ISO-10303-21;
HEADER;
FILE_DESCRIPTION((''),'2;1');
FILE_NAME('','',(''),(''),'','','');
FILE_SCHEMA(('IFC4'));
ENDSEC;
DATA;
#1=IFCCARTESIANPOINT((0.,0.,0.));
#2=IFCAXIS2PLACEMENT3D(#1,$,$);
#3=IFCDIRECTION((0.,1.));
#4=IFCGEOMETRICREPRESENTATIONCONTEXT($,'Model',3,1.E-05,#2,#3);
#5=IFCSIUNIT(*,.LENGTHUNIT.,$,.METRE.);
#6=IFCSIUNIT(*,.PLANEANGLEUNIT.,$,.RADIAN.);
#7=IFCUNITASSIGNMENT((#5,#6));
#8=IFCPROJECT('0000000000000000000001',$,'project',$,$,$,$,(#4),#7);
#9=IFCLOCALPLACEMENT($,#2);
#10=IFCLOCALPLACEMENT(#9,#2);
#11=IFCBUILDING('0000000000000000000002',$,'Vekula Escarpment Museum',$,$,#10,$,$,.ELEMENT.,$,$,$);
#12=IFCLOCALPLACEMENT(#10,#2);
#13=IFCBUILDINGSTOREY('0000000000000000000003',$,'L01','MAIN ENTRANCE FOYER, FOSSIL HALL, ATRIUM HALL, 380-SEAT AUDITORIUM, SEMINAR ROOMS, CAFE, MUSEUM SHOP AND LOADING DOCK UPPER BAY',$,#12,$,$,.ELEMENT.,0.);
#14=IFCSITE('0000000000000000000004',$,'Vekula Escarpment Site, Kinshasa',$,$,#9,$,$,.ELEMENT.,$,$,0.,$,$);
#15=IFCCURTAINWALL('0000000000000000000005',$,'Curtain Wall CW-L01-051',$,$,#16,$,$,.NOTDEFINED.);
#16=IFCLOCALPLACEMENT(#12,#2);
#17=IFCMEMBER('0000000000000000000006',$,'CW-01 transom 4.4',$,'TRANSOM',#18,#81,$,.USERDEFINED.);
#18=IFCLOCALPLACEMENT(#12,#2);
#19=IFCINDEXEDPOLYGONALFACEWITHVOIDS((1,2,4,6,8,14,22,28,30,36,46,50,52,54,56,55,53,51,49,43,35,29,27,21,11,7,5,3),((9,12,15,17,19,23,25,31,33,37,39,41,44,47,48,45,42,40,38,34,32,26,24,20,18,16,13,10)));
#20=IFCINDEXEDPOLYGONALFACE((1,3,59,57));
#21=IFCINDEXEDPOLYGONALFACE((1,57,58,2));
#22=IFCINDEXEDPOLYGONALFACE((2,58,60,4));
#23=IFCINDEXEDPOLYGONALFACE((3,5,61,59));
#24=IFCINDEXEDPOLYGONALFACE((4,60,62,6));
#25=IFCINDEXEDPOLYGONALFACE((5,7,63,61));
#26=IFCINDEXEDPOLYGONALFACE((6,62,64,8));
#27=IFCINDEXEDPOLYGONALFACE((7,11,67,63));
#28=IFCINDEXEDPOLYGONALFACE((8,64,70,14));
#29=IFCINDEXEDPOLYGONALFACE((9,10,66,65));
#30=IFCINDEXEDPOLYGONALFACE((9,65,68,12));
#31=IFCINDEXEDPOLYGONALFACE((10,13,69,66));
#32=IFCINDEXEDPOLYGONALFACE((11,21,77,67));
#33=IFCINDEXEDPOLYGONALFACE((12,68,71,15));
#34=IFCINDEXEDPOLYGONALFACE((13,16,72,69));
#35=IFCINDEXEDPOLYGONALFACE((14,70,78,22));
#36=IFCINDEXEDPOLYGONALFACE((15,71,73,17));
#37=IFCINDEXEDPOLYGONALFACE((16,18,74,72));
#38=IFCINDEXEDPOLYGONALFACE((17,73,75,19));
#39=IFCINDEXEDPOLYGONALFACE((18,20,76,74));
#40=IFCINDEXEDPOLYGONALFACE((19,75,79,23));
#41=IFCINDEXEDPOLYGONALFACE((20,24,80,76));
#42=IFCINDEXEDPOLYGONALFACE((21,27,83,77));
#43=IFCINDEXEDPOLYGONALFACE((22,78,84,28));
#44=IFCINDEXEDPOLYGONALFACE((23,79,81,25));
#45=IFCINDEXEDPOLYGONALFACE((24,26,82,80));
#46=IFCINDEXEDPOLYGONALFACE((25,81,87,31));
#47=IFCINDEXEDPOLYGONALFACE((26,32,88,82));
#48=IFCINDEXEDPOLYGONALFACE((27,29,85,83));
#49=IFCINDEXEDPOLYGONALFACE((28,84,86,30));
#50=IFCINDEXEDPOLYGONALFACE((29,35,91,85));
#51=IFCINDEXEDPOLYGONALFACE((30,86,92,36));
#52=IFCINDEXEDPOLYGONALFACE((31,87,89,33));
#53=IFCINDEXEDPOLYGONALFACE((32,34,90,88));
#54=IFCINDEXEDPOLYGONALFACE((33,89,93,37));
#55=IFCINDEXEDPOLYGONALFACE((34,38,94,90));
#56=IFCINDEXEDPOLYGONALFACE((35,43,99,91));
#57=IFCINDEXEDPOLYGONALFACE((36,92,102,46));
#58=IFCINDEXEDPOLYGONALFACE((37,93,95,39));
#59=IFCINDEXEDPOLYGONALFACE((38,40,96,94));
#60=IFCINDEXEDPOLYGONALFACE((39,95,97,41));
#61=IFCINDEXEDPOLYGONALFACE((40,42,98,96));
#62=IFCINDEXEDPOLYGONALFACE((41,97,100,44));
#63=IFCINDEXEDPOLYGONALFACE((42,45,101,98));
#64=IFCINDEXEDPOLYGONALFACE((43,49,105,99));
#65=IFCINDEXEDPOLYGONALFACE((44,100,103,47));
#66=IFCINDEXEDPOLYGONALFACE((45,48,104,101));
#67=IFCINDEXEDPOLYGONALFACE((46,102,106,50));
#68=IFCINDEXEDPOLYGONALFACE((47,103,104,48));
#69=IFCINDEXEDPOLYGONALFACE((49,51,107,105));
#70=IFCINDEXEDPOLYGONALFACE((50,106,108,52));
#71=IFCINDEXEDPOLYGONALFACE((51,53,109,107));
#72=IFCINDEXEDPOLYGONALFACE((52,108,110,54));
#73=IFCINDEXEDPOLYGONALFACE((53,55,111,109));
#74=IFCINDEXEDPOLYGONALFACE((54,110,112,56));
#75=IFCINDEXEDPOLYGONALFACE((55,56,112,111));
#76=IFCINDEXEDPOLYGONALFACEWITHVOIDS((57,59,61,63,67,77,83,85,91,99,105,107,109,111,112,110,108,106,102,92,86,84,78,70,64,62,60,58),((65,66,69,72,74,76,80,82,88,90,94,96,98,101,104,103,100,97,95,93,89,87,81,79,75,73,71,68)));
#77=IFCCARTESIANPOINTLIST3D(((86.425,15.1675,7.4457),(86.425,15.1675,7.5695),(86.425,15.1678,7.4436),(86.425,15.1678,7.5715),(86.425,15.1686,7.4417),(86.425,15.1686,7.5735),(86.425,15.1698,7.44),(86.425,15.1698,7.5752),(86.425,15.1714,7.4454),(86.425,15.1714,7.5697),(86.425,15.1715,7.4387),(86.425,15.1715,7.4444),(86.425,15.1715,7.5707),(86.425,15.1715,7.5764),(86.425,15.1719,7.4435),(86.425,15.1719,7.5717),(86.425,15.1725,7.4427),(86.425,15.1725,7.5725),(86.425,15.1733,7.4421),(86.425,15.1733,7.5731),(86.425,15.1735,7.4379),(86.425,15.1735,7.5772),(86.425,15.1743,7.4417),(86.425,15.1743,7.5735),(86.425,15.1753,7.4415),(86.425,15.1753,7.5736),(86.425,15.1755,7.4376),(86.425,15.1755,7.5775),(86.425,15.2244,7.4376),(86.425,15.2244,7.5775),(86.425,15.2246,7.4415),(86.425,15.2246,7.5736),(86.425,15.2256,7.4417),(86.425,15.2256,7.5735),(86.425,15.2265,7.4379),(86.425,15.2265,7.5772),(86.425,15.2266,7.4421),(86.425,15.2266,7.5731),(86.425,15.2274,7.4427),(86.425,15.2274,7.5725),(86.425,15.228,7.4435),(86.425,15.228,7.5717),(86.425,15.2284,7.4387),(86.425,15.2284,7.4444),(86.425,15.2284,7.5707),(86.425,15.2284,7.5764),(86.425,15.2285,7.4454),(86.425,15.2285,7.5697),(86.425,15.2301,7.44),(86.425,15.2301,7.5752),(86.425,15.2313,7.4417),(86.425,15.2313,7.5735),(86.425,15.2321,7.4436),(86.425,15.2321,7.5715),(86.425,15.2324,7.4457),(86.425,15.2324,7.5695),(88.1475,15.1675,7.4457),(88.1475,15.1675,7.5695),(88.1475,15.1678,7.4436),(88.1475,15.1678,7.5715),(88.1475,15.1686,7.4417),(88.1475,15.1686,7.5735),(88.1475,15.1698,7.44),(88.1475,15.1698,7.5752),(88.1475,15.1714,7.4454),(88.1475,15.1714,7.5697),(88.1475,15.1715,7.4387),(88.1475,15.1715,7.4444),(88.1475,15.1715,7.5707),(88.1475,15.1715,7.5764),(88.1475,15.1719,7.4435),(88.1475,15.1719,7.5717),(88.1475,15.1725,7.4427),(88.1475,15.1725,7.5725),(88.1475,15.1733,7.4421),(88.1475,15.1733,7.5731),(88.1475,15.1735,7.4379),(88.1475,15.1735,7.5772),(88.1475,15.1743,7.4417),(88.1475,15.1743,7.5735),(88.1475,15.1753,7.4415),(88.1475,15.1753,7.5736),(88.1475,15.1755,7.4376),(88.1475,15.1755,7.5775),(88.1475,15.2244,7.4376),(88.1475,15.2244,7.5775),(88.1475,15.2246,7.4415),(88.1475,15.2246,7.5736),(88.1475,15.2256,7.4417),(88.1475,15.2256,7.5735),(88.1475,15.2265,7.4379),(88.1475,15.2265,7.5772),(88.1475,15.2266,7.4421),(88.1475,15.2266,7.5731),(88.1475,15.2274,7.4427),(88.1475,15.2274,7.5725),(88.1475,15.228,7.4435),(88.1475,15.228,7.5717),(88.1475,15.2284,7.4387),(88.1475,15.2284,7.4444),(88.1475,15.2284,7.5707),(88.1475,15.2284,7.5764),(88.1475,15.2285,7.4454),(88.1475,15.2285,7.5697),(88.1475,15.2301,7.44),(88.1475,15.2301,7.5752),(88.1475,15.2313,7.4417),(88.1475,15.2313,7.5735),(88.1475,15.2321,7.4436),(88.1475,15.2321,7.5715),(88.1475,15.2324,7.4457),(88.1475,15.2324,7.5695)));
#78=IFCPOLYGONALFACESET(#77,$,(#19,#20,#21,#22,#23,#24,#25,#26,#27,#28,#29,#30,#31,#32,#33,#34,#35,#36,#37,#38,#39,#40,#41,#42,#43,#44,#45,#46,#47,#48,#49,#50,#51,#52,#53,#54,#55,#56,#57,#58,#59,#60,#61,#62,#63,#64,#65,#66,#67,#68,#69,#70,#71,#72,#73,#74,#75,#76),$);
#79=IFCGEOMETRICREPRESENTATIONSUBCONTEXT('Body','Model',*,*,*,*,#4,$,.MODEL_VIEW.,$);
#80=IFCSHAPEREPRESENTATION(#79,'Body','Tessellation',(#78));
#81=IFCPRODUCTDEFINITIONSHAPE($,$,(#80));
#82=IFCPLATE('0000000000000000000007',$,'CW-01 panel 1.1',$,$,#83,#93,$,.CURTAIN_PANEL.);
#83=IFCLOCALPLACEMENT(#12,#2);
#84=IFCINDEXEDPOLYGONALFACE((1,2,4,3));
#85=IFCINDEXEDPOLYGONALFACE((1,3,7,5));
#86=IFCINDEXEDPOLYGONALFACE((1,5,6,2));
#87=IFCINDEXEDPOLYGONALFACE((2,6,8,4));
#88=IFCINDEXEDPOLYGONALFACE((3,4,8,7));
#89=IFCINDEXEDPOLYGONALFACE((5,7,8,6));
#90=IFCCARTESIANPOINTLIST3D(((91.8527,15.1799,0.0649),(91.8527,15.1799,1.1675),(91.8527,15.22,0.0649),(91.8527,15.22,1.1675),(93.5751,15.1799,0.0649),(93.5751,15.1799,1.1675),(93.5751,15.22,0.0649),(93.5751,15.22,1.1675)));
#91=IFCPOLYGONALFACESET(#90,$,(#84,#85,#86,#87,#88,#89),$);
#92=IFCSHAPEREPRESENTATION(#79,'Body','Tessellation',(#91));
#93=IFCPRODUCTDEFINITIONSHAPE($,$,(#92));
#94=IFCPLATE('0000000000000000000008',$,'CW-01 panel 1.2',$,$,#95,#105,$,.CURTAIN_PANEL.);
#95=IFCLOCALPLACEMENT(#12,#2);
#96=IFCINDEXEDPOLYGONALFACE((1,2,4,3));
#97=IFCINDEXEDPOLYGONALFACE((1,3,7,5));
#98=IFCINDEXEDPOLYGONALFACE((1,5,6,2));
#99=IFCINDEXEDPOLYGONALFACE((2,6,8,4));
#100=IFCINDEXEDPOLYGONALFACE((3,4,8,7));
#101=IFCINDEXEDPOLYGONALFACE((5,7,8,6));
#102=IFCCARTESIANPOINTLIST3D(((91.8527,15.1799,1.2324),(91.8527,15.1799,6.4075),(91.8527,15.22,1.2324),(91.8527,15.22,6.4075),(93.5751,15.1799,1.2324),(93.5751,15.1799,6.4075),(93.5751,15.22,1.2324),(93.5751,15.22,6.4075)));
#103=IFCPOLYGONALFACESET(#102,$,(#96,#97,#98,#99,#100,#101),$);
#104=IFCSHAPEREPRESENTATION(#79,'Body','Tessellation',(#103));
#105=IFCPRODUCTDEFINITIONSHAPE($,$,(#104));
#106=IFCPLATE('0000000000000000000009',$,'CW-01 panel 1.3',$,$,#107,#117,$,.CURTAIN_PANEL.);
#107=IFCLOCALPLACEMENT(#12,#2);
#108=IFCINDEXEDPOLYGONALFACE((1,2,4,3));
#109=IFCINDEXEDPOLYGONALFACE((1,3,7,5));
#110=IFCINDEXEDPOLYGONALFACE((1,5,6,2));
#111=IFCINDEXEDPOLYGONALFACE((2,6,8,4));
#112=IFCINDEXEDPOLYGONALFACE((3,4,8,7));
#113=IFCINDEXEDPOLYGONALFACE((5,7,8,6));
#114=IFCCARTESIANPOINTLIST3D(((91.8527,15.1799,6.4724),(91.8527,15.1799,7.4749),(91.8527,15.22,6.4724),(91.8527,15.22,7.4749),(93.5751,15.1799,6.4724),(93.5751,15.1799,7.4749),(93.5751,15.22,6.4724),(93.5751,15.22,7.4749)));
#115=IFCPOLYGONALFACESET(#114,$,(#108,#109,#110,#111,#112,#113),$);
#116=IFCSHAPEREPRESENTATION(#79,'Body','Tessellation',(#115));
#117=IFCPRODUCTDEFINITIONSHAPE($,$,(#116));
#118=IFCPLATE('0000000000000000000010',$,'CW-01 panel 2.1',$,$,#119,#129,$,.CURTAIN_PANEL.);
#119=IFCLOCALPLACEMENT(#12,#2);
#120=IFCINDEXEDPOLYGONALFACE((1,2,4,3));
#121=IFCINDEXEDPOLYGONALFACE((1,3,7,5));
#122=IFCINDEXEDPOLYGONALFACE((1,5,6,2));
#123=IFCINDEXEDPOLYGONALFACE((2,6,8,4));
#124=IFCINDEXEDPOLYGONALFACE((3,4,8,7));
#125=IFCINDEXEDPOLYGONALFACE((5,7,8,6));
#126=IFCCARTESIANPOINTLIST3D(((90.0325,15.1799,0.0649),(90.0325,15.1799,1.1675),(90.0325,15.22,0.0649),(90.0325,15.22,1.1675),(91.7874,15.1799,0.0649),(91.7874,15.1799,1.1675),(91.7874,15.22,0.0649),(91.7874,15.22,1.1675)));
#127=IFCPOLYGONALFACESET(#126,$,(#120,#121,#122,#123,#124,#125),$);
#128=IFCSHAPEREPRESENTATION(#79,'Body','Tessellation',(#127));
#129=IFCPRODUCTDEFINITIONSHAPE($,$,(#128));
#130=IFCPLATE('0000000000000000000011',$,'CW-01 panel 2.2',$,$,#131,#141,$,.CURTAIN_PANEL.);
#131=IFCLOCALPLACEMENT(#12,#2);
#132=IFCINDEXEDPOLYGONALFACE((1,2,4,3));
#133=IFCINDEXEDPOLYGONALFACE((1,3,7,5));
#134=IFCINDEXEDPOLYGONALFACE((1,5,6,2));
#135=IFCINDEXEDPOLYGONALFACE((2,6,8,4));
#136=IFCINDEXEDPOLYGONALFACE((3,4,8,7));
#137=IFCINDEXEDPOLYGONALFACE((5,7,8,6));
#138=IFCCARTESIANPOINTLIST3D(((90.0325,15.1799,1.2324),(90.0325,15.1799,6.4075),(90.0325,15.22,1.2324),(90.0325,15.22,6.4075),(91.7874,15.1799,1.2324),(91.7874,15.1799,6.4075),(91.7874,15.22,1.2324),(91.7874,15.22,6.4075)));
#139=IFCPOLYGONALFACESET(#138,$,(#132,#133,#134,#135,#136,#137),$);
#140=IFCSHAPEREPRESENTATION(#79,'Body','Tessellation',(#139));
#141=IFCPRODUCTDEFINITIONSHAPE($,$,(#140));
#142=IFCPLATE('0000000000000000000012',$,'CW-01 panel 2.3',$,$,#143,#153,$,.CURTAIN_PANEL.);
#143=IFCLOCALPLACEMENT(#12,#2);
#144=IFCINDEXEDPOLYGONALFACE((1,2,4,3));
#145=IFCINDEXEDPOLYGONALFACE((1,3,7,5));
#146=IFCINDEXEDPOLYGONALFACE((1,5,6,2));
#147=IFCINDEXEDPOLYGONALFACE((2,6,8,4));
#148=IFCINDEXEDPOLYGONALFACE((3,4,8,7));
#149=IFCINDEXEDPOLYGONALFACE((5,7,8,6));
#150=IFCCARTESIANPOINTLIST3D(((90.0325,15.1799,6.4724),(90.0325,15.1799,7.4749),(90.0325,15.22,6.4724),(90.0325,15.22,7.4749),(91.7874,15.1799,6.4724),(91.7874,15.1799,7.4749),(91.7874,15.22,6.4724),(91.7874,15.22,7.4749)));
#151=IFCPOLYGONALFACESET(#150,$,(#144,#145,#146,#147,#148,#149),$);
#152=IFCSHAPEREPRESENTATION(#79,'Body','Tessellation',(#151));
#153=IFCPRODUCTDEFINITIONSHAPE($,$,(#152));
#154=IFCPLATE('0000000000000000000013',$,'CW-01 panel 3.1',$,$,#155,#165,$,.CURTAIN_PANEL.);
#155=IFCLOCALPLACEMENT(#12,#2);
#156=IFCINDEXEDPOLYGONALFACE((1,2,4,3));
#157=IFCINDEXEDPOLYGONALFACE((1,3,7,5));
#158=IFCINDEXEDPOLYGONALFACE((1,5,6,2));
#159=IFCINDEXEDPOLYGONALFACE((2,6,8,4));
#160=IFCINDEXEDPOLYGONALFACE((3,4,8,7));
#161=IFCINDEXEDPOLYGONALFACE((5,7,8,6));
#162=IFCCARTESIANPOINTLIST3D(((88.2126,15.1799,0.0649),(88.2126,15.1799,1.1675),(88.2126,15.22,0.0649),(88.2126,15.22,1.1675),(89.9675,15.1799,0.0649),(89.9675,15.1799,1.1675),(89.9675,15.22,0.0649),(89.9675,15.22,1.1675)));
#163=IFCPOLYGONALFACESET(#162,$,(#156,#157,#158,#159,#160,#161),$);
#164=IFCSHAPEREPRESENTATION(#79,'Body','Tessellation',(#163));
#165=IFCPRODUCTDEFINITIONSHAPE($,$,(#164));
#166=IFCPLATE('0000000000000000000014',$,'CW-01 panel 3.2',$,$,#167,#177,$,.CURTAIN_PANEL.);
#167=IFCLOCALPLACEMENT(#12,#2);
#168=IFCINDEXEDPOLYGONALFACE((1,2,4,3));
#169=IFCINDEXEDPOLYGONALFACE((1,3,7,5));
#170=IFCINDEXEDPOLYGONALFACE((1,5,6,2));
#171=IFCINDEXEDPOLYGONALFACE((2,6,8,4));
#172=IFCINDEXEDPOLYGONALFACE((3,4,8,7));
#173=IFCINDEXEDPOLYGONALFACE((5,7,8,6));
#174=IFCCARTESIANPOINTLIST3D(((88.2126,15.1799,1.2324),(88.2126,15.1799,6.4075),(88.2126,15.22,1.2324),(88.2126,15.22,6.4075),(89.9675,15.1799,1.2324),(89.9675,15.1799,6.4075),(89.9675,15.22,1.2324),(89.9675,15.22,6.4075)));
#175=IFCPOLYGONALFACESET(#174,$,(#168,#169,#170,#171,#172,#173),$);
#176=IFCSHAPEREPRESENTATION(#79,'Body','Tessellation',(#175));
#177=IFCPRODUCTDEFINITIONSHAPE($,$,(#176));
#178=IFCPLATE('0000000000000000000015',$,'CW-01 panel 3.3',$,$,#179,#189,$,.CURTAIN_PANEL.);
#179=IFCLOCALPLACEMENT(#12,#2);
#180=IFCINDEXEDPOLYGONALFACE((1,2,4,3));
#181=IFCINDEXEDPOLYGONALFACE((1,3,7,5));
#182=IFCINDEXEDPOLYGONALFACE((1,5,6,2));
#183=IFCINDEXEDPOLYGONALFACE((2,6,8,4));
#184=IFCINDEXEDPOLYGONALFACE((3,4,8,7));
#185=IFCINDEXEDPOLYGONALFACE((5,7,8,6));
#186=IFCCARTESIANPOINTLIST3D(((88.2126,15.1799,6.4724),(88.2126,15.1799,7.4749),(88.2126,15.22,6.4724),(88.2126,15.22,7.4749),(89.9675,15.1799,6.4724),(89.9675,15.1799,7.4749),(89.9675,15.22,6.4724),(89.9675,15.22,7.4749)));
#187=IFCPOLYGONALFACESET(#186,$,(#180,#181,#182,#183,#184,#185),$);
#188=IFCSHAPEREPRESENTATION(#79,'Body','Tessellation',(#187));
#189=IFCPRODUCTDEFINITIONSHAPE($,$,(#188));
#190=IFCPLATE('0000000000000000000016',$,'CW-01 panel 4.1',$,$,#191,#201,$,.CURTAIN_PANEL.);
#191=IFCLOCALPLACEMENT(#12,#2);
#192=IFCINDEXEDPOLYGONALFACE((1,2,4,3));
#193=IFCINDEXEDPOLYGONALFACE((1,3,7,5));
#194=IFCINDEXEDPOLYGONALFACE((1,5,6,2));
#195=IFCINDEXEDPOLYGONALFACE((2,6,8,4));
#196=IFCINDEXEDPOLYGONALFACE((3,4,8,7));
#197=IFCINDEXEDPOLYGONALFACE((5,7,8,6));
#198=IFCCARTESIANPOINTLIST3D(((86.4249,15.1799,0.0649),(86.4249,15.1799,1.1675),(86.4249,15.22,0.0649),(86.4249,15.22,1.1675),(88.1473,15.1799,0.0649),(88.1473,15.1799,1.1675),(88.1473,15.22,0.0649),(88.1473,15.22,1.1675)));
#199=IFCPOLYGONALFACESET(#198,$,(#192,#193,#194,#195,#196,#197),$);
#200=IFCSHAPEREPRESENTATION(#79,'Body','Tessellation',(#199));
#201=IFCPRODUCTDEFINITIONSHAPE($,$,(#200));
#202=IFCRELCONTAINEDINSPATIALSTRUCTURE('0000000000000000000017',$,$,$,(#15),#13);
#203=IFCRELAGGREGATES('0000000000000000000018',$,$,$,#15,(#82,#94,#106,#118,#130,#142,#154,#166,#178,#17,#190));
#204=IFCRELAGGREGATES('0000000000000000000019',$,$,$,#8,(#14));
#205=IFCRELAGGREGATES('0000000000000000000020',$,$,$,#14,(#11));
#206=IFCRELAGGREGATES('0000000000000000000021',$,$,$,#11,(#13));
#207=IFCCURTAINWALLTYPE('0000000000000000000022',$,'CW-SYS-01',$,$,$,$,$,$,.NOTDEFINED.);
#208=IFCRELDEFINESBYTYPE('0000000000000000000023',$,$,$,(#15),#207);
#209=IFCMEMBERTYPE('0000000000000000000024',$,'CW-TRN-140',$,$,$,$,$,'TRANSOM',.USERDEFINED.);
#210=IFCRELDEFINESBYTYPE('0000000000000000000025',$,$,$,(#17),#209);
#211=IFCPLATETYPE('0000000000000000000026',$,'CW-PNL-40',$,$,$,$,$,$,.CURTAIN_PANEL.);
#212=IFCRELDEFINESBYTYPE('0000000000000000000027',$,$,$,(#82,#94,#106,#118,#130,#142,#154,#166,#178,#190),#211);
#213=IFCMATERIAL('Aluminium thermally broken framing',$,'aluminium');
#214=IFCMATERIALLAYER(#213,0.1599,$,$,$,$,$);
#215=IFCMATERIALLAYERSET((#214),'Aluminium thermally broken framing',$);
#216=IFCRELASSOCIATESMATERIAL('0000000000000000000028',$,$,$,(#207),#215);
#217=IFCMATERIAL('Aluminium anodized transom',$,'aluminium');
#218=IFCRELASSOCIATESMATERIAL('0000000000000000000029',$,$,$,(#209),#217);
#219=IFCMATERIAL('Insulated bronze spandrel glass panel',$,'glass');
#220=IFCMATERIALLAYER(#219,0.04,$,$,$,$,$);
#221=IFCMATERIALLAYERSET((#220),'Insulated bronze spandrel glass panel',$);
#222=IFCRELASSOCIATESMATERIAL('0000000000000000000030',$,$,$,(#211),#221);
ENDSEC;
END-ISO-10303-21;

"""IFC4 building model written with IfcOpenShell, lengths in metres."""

from ifc_helpers import new_model, si_unit, direction, frame, origin, origin_2d, place, context, subcontext, project, spatial, rectangle, hollow_rectangle, extrude, material, layer, layer_set, material_profile, profile_set, type_object, element, aggregate, save


model = new_model("IFC4")

# Units and contexts
model_context = context("Model", 3, precision=1e-05, world=origin(), true_north=direction((0.0, 1.0)))
body_context = subcontext(model_context, "Body", "Model", "MODEL_VIEW")
ifc_project = project(units=[si_unit("LENGTHUNIT", "METRE"), si_unit("PLANEANGLEUNIT", "RADIAN")], contexts=[model_context])

# Site, building, storey
site_placement = place(None, origin())
site = spatial("IfcSite", under=ifc_project, at=site_placement, Name="Vekula Escarpment Site, Kinshasa", CompositionType="ELEMENT", RefElevation=0.0)
building_placement = place(site_placement, origin())
building = spatial("IfcBuilding", under=site, at=building_placement, Name="Vekula Escarpment Museum", CompositionType="ELEMENT")
storey_placement = place(building_placement, origin())
storey = spatial("IfcBuildingStorey", under=building, at=storey_placement, Name="L01", Description="MAIN ENTRANCE FOYER, FOSSIL HALL, ATRIUM HALL, 380-SEAT AUDITORIUM, SEMINAR ROOMS, CAFE, MUSEUM SHOP AND LOADING DOCK UPPER BAY", CompositionType="ELEMENT", Elevation=0.0)

# Curtain wall, member, plates
ifc_material_1 = material(Name="Aluminium thermally broken framing", Category="aluminium")
ifc_layer_1 = layer(ifc_material_1, 0.1599)
ifc_layer_set_1 = layer_set([ifc_layer_1], Name="Aluminium thermally broken framing")
curtain_wall_type = type_object("IfcCurtainWallType", Name="CW-SYS-01", PredefinedType="NOTDEFINED", material=ifc_layer_set_1)
curtain_wall_placement = place(storey_placement, origin())
curtain_wall = element("IfcCurtainWall", 1, at=curtain_wall_placement, inside=storey, type_object=curtain_wall_type, Name="Curtain Wall CW-L01-051", PredefinedType="NOTDEFINED")
ifc_material_2 = material(Name="Aluminium anodized transom", Category="aluminium")
ifc_material_profile_1 = material_profile(ifc_material_2, hollow_rectangle(XDim=0.0649, YDim=0.1399, WallThickness=0.0039, InnerFilletRadius=0.0039, OuterFilletRadius=0.0081, at=origin_2d()), Name="ALU 140x65x4")
ifc_profile_set_1 = profile_set([ifc_material_profile_1], Name="Aluminium anodized transom")
member_type_1 = type_object("IfcMemberType", Name="CW-TRN-140", ElementType="TRANSOM", PredefinedType="USERDEFINED", material=ifc_profile_set_1)
member_1_placement = place(storey_placement, frame((88.1475, 15.2, 7.5076), z_axis=(-1.0, 0.0, 0.0), x_axis=(0.0, -1.0, 0.0)))
member_1 = element("IfcMember", 2, at=member_1_placement, type_object=member_type_1, Name="CW-01 transom 4.4", ObjectType="TRANSOM", PredefinedType="USERDEFINED", context=body_context, shape_type="SweptSolid", body=[
    extrude(hollow_rectangle(XDim=0.0649, YDim=0.1399, WallThickness=0.0039, InnerFilletRadius=0.0039, OuterFilletRadius=0.0081, at=origin_2d()), origin(), (0.0, 0.0, 1.0), 1.7224),
])
ifc_material_3 = material(Name="Insulated bronze spandrel glass panel", Category="glass")
ifc_layer_2 = layer(ifc_material_3, 0.04)
ifc_layer_set_2 = layer_set([ifc_layer_2], Name="Insulated bronze spandrel glass panel")
plate_type = type_object("IfcPlateType", Name="CW-PNL-40", PredefinedType="CURTAIN_PANEL", material=ifc_layer_set_2)
plate_1_placement = place(storey_placement, frame((92.7139, 15.2, 0.0649), z_axis=(0.0, 0.0, 1.0), x_axis=(-1.0, 0.0, 0.0)))
plate_1 = element("IfcPlate", 3, at=plate_1_placement, type_object=plate_type, Name="CW-01 panel 1.1", PredefinedType="CURTAIN_PANEL", context=body_context, shape_type="SweptSolid", body=[
    extrude(rectangle(XDim=1.7224, YDim=0.04, at=origin_2d()), origin(), (0.0, 0.0, 1.0), 1.1025),
])
plate_2_placement = place(storey_placement, frame((92.7139, 15.2, 1.2324), z_axis=(0.0, 0.0, 1.0), x_axis=(-1.0, 0.0, 0.0)))
plate_2 = element("IfcPlate", 4, at=plate_2_placement, type_object=plate_type, Name="CW-01 panel 1.2", PredefinedType="CURTAIN_PANEL", context=body_context, shape_type="SweptSolid", body=[
    extrude(rectangle(XDim=1.7224, YDim=0.04, at=origin_2d()), origin(), (0.0, 0.0, 1.0), 5.175),
])
plate_3_placement = place(storey_placement, frame((92.7139, 15.2, 6.4724), z_axis=(0.0, 0.0, 1.0), x_axis=(-1.0, 0.0, 0.0)))
plate_3 = element("IfcPlate", 5, at=plate_3_placement, type_object=plate_type, Name="CW-01 panel 1.3", PredefinedType="CURTAIN_PANEL", context=body_context, shape_type="SweptSolid", body=[
    extrude(rectangle(XDim=1.7224, YDim=0.04, at=origin_2d()), origin(), (0.0, 0.0, 1.0), 1.0024),
])
plate_4_placement = place(storey_placement, frame((90.9099, 15.2, 0.0649), z_axis=(0.0, 0.0, 1.0), x_axis=(-1.0, 0.0, 0.0)))
plate_4 = element("IfcPlate", 6, at=plate_4_placement, type_object=plate_type, Name="CW-01 panel 2.1", PredefinedType="CURTAIN_PANEL", context=body_context, shape_type="SweptSolid", body=[
    extrude(rectangle(XDim=1.7549, YDim=0.04, at=origin_2d()), origin(), (0.0, 0.0, 1.0), 1.1025),
])
plate_5_placement = place(storey_placement, frame((90.9099, 15.2, 1.2324), z_axis=(0.0, 0.0, 1.0), x_axis=(-1.0, 0.0, 0.0)))
plate_5 = element("IfcPlate", 7, at=plate_5_placement, type_object=plate_type, Name="CW-01 panel 2.2", PredefinedType="CURTAIN_PANEL", context=body_context, shape_type="SweptSolid", body=[
    extrude(rectangle(XDim=1.7549, YDim=0.04, at=origin_2d()), origin(), (0.0, 0.0, 1.0), 5.175),
])
plate_6_placement = place(storey_placement, frame((90.9099, 15.2, 6.4724), z_axis=(0.0, 0.0, 1.0), x_axis=(-1.0, 0.0, 0.0)))
plate_6 = element("IfcPlate", 8, at=plate_6_placement, type_object=plate_type, Name="CW-01 panel 2.3", PredefinedType="CURTAIN_PANEL", context=body_context, shape_type="SweptSolid", body=[
    extrude(rectangle(XDim=1.7549, YDim=0.04, at=origin_2d()), origin(), (0.0, 0.0, 1.0), 1.0024),
])
plate_7_placement = place(storey_placement, frame((89.0901, 15.2, 0.0649), z_axis=(0.0, 0.0, 1.0), x_axis=(-1.0, 0.0, 0.0)))
plate_7 = element("IfcPlate", 9, at=plate_7_placement, type_object=plate_type, Name="CW-01 panel 3.1", PredefinedType="CURTAIN_PANEL", context=body_context, shape_type="SweptSolid", body=[
    extrude(rectangle(XDim=1.7549, YDim=0.04, at=origin_2d()), origin(), (0.0, 0.0, 1.0), 1.1025),
])
plate_8_placement = place(storey_placement, frame((89.0901, 15.2, 1.2324), z_axis=(0.0, 0.0, 1.0), x_axis=(-1.0, 0.0, 0.0)))
plate_8 = element("IfcPlate", 10, at=plate_8_placement, type_object=plate_type, Name="CW-01 panel 3.2", PredefinedType="CURTAIN_PANEL", context=body_context, shape_type="SweptSolid", body=[
    extrude(rectangle(XDim=1.7549, YDim=0.04, at=origin_2d()), origin(), (0.0, 0.0, 1.0), 5.175),
])
plate_9_placement = place(storey_placement, frame((89.0901, 15.2, 6.4724), z_axis=(0.0, 0.0, 1.0), x_axis=(-1.0, 0.0, 0.0)))
plate_9 = element("IfcPlate", 11, at=plate_9_placement, type_object=plate_type, Name="CW-01 panel 3.3", PredefinedType="CURTAIN_PANEL", context=body_context, shape_type="SweptSolid", body=[
    extrude(rectangle(XDim=1.7549, YDim=0.04, at=origin_2d()), origin(), (0.0, 0.0, 1.0), 1.0024),
])
plate_10_placement = place(storey_placement, frame((87.2861, 15.2, 0.0649), z_axis=(0.0, 0.0, 1.0), x_axis=(-1.0, 0.0, 0.0)))
plate_10 = element("IfcPlate", 12, at=plate_10_placement, type_object=plate_type, Name="CW-01 panel 4.1", PredefinedType="CURTAIN_PANEL", context=body_context, shape_type="SweptSolid", body=[
    extrude(rectangle(XDim=1.7224, YDim=0.04, at=origin_2d()), origin(), (0.0, 0.0, 1.0), 1.1025),
])
aggregate(curtain_wall, [plate_1, plate_2, plate_3, plate_4, plate_5, plate_6, plate_7, plate_8, plate_9, member_1, plate_10])

save(model, "model.ifc")
